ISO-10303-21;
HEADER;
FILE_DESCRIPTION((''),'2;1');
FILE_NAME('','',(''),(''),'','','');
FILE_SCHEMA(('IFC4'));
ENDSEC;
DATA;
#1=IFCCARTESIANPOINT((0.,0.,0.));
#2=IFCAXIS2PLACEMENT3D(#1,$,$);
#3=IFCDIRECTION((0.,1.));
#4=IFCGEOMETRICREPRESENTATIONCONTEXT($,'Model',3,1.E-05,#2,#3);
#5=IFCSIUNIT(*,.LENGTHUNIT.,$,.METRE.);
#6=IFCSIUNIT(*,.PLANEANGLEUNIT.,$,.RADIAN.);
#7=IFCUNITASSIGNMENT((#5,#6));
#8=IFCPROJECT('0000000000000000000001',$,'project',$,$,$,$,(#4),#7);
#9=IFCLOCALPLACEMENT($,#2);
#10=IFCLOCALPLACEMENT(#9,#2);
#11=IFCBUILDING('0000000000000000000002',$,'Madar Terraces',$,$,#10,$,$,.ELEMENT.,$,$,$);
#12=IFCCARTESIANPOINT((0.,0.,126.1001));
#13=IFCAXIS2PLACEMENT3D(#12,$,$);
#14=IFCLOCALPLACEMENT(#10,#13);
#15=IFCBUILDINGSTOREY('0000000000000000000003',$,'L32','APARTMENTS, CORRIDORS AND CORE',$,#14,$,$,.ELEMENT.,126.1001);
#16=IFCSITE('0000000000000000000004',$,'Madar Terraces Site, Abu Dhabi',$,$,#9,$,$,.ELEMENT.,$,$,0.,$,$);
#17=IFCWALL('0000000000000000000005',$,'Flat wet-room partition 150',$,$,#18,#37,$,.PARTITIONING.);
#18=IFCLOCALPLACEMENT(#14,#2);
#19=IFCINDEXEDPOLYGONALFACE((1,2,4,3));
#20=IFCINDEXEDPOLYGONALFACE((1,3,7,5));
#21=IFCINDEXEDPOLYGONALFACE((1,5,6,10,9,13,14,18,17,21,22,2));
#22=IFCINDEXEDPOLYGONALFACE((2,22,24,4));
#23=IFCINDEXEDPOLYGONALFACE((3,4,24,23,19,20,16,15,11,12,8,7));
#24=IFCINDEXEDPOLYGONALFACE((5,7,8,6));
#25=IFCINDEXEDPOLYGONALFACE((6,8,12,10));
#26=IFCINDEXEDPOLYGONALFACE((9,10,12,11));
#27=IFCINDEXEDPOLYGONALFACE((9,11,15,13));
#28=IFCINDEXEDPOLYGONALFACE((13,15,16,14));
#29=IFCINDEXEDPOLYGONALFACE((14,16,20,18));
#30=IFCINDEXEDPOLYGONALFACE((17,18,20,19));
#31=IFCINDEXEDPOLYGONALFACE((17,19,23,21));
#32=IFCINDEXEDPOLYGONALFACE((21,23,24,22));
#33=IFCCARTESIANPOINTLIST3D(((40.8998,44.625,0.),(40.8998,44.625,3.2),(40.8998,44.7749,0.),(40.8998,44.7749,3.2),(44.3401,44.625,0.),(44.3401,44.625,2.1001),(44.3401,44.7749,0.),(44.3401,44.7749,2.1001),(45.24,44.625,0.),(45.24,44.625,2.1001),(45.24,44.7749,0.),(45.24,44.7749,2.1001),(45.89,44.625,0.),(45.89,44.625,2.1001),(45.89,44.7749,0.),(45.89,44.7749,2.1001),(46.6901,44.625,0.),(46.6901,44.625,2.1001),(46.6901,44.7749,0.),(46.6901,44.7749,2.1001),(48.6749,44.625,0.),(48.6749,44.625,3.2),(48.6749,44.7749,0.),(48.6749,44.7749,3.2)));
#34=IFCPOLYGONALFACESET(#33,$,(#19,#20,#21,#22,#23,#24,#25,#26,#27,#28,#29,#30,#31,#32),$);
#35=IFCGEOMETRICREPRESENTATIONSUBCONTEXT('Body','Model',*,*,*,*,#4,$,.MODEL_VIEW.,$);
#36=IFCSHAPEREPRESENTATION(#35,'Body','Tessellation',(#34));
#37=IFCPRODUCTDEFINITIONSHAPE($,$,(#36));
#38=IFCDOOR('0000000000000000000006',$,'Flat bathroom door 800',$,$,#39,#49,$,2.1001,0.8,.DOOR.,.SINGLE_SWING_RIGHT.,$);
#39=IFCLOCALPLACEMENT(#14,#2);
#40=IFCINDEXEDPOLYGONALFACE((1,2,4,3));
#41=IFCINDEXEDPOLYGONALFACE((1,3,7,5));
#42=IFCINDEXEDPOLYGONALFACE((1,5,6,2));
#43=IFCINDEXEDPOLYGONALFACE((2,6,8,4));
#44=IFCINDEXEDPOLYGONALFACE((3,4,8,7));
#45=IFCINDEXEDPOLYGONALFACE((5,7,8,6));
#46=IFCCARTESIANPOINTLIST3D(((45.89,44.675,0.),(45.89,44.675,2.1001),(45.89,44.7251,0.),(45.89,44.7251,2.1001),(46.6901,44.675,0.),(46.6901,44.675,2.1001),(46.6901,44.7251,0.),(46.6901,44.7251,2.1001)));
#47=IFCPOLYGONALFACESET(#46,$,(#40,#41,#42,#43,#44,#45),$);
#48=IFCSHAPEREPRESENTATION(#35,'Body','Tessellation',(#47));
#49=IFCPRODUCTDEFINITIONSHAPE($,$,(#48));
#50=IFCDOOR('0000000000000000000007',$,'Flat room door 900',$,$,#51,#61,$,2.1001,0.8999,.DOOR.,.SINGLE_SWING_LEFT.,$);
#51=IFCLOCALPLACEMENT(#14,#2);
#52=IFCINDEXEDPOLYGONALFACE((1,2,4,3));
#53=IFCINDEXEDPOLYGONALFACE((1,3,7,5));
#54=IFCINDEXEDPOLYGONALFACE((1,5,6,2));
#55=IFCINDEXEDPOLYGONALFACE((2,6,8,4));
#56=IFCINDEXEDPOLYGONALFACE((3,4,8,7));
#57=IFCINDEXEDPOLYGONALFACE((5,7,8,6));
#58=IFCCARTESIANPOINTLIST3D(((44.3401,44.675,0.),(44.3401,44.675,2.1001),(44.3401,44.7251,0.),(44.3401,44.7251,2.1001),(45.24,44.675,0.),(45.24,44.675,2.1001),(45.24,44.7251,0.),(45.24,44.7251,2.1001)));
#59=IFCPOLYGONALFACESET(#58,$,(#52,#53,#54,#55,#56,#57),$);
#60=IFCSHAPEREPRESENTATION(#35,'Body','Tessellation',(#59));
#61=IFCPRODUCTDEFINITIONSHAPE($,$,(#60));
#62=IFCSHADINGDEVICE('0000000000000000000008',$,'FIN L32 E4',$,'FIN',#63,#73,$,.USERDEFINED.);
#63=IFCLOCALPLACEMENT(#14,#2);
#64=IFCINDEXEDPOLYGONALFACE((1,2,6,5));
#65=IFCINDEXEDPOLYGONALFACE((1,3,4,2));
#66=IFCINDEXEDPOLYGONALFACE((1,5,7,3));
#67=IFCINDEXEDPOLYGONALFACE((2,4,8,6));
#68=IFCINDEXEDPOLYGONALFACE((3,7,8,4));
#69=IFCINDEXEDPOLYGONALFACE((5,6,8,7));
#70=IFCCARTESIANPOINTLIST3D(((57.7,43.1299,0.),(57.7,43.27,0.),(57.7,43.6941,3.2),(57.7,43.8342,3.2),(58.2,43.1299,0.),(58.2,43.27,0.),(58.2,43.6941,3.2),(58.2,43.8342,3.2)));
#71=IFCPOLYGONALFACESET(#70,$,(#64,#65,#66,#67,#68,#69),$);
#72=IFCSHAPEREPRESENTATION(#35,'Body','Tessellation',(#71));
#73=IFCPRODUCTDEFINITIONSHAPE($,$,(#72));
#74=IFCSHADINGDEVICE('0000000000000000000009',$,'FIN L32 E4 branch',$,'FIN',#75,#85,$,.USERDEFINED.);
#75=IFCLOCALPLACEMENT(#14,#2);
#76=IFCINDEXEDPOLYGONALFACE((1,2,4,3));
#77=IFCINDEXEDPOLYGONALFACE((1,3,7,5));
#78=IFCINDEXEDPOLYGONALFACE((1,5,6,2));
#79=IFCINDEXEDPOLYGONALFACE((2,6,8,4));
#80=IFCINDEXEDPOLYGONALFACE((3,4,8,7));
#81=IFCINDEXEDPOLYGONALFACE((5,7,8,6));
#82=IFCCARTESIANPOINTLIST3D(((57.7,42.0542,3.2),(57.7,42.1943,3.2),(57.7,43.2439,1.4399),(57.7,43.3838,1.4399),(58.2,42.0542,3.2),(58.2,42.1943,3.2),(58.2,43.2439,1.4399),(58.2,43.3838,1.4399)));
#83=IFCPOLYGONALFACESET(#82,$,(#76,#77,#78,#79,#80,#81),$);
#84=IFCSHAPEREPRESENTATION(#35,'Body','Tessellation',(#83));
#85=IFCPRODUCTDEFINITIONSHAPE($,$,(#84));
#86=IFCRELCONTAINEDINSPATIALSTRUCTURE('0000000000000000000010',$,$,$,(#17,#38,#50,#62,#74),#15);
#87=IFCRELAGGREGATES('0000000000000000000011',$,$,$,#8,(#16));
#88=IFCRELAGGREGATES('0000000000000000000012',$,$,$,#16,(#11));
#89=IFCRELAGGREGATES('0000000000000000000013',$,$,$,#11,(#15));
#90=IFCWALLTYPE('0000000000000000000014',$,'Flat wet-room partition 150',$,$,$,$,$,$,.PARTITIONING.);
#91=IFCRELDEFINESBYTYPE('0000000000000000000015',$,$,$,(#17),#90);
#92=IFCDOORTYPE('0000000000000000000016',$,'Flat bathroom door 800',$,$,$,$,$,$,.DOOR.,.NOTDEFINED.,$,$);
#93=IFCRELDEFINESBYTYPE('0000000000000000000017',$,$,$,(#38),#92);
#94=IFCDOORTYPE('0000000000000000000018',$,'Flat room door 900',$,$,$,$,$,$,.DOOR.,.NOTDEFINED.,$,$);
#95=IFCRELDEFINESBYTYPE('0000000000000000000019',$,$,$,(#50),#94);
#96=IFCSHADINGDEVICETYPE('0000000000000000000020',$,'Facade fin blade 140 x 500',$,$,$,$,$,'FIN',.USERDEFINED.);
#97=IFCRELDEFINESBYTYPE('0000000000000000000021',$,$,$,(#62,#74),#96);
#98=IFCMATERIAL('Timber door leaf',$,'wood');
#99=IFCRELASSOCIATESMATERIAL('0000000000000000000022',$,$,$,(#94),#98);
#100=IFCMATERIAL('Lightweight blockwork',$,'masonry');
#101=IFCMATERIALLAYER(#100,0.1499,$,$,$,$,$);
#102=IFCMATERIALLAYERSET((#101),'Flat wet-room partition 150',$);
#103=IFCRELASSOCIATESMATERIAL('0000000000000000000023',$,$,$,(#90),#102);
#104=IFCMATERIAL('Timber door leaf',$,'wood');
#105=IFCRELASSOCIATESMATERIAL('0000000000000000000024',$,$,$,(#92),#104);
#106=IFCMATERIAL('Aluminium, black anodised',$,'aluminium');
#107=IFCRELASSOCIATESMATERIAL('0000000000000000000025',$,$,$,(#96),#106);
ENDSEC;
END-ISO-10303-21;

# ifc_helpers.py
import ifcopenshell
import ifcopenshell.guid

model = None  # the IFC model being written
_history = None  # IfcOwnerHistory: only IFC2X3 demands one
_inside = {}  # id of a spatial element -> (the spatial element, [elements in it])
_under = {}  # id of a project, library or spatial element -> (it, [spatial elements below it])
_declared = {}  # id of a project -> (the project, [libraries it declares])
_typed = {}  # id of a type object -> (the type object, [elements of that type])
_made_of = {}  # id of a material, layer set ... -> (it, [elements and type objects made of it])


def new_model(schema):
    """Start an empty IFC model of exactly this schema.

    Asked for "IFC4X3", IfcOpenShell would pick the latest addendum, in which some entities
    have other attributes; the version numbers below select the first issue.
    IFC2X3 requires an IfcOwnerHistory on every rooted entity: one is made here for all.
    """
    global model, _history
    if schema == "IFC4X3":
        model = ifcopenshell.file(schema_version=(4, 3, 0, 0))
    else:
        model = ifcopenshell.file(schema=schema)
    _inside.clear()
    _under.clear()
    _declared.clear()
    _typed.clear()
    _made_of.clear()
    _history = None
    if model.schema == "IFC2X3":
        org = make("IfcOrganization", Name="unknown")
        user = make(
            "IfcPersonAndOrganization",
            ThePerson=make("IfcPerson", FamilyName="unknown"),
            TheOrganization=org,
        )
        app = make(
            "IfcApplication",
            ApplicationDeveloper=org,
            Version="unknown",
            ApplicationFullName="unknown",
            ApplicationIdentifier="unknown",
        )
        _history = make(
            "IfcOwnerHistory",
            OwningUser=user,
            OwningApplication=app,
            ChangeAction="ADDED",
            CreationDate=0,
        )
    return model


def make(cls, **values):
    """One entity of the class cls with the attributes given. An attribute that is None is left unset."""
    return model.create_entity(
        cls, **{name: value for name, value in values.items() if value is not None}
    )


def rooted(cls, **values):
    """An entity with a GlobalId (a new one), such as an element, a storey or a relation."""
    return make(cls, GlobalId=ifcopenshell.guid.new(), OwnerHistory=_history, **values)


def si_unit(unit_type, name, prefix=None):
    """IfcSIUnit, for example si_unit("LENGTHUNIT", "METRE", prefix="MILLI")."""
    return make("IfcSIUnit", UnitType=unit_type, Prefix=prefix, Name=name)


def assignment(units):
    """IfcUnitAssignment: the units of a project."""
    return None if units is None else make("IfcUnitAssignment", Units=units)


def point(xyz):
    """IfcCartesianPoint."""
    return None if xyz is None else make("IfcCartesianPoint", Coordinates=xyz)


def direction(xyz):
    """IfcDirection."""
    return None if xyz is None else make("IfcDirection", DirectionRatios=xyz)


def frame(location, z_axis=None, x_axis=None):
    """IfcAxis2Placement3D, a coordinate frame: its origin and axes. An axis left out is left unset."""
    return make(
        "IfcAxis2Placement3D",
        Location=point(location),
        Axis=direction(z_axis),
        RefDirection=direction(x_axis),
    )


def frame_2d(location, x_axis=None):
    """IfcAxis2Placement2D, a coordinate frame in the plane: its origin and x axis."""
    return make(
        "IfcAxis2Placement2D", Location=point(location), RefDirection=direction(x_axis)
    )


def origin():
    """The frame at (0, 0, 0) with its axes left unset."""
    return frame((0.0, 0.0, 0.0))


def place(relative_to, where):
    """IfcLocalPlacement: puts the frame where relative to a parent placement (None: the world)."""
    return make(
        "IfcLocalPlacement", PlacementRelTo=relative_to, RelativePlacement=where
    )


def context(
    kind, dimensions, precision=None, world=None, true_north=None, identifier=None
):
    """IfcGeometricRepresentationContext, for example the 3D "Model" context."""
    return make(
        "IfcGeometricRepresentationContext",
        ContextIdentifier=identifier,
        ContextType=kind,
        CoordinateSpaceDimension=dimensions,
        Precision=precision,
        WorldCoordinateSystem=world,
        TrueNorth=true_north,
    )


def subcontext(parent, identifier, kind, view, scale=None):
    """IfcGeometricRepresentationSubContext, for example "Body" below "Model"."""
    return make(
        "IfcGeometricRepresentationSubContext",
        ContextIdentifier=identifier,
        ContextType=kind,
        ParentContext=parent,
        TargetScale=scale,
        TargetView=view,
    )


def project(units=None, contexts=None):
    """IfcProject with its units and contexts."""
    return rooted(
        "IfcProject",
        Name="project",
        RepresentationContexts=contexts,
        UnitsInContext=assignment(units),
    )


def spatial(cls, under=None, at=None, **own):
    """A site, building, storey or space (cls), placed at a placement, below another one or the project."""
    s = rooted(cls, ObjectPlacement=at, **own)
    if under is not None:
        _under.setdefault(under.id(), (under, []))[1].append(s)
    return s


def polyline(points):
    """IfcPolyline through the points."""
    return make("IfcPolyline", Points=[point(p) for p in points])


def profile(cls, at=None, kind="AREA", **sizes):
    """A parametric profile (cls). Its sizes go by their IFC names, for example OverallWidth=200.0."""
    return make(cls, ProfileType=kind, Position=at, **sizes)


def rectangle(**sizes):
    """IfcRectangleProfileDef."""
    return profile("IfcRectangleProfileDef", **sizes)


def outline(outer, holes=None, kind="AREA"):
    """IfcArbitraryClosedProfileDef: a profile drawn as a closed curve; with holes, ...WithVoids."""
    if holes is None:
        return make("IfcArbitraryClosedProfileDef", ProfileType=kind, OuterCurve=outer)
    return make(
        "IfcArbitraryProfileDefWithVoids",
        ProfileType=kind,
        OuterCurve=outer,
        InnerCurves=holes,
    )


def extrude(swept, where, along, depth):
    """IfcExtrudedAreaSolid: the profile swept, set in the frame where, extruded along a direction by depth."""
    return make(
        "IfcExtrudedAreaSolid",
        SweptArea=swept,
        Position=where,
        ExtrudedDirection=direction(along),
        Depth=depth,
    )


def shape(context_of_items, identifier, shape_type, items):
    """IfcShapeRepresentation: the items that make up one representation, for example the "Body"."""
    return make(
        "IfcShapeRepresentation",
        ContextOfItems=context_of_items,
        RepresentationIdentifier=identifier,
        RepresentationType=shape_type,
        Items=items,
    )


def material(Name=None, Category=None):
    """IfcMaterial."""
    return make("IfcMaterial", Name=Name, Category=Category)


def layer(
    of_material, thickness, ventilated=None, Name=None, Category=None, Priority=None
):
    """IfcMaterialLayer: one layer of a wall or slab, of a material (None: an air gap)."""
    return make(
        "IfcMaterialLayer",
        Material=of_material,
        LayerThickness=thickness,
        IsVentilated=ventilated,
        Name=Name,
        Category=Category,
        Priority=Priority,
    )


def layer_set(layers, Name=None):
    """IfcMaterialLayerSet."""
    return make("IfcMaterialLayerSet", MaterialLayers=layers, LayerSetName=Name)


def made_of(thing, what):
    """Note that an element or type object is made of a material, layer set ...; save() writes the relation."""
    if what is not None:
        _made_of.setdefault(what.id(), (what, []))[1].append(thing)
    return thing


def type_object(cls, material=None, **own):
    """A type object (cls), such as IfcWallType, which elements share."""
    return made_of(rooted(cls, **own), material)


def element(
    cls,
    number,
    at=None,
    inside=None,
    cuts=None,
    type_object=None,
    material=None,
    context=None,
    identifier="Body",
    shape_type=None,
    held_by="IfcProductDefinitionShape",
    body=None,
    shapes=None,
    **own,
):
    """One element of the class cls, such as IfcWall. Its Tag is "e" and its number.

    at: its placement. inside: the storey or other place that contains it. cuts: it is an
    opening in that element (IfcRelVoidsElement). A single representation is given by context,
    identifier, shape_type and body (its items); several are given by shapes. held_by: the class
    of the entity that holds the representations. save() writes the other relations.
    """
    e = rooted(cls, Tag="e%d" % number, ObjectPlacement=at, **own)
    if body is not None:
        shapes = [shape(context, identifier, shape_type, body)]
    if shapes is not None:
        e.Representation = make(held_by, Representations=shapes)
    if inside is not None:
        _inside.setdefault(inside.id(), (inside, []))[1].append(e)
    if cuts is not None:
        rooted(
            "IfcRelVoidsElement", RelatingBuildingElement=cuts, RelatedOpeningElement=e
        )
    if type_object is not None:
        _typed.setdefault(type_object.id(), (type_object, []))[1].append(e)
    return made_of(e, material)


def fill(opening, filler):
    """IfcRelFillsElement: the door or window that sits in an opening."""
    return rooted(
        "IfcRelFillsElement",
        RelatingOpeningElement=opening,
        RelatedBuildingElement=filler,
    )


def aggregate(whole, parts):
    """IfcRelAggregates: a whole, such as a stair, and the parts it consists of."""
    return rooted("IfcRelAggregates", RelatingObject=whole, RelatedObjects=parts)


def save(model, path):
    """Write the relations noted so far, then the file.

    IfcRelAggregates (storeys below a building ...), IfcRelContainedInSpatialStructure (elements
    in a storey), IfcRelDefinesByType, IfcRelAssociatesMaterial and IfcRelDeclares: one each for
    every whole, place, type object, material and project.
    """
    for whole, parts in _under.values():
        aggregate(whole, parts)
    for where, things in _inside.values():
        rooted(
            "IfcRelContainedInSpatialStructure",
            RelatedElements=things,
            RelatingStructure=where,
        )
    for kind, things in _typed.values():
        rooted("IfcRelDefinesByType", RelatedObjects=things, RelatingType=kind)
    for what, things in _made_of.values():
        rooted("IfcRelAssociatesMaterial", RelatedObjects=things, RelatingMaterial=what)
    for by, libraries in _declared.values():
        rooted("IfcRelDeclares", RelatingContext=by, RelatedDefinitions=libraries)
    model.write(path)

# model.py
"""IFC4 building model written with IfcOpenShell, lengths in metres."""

from ifc_helpers import new_model, si_unit, direction, frame, frame_2d, origin, place, context, subcontext, project, spatial, polyline, rectangle, outline, extrude, material, layer, layer_set, type_object, element, fill, save


model = new_model("IFC4")

# Units and contexts
model_context = context("Model", 3, precision=1e-05, world=origin(), true_north=direction((0.0, 1.0)))
body_context = subcontext(model_context, "Body", "Model", "MODEL_VIEW")
ifc_project = project(units=[si_unit("LENGTHUNIT", "METRE"), si_unit("PLANEANGLEUNIT", "RADIAN")], contexts=[model_context])

# Site, building, storey
site_placement = place(None, origin())
site = spatial("IfcSite", under=ifc_project, at=site_placement, Name="Madar Terraces Site, Abu Dhabi", CompositionType="ELEMENT", RefElevation=0.0)
building_placement = place(site_placement, origin())
building = spatial("IfcBuilding", under=site, at=building_placement, Name="Madar Terraces", CompositionType="ELEMENT")
storey_placement = place(building_placement, frame((0.0, 0.0, 126.1001)))
storey = spatial("IfcBuildingStorey", under=building, at=storey_placement, Name="L32", Description="APARTMENTS, CORRIDORS AND CORE", CompositionType="ELEMENT", Elevation=126.1001)

# Shared definitions
ifc_material_1 = material(Name="Timber door leaf", Category="wood")
door_type_1 = type_object("IfcDoorType", Name="Flat room door 900", OperationType="NOTDEFINED", PredefinedType="DOOR", material=ifc_material_1)

# Shared definitions
ifc_material_2 = material(Name="Lightweight blockwork", Category="masonry")
ifc_layer_1 = layer(ifc_material_2, 0.1499)
ifc_layer_set_1 = layer_set([ifc_layer_1], Name="Flat wet-room partition 150")
wall_type_1 = type_object("IfcWallType", Name="Flat wet-room partition 150", PredefinedType="PARTITIONING", material=ifc_layer_set_1)

# Wall, openings, doors
wall_1_placement = place(storey_placement, frame((48.675, 44.7, 0.0), z_axis=(0.0, 0.0, 1.0), x_axis=(-1.0, 0.0, 0.0)))
wall_1 = element("IfcWall", 1, at=wall_1_placement, inside=storey, type_object=wall_type_1, Name="Flat wet-room partition 150", PredefinedType="PARTITIONING", context=body_context, shape_type="SweptSolid", body=[
    extrude(rectangle(XDim=7.7751, YDim=0.1499, at=frame_2d((3.8877, 0.0))), origin(), (0.0, 0.0, 1.0), 3.2),
])
opening_1_placement = place(wall_1_placement, frame((1.9851, 0.0, 0.0)))
opening_1 = element("IfcOpeningElement", 2, at=opening_1_placement, cuts=wall_1, PredefinedType="OPENING", context=body_context, shape_type="SweptSolid", body=[
    extrude(rectangle(XDim=0.8, YDim=2.1001, at=frame_2d((0.3999, 1.05))), frame((0.0, 0.085, 0.0), z_axis=(0.0, -1.0, 0.0), x_axis=(1.0, 0.0, 0.0)), (0.0, 0.0, 1.0), 0.1699),
])
opening_2_placement = place(wall_1_placement, frame((3.4351, 0.0, 0.0)))
opening_2 = element("IfcOpeningElement", 3, at=opening_2_placement, cuts=wall_1, PredefinedType="OPENING", context=body_context, shape_type="SweptSolid", body=[
    extrude(rectangle(XDim=0.8999, YDim=2.1001, at=frame_2d((0.45, 1.05))), frame((0.0, 0.085, 0.0), z_axis=(0.0, -1.0, 0.0), x_axis=(1.0, 0.0, 0.0)), (0.0, 0.0, 1.0), 0.1699),
])
ifc_material_3 = material(Name="Timber door leaf", Category="wood")
door_type_2 = type_object("IfcDoorType", Name="Flat bathroom door 800", OperationType="NOTDEFINED", PredefinedType="DOOR", material=ifc_material_3)
door_1_placement = place(opening_1_placement, origin())
door_1 = element("IfcDoor", 4, at=door_1_placement, inside=storey, type_object=door_type_2, Name="Flat bathroom door 800", OperationType="SINGLE_SWING_RIGHT", OverallHeight=2.1001, OverallWidth=0.8, PredefinedType="DOOR", context=body_context, shape_type="SweptSolid", body=[
    extrude(rectangle(XDim=0.8, YDim=2.1001, at=frame_2d((0.3999, 1.05))), frame((0.0, 0.0249, 0.0), z_axis=(0.0, -1.0, 0.0), x_axis=(1.0, 0.0, 0.0)), (0.0, 0.0, 1.0), 0.05),
])
fill(opening_1, door_1)
door_2_placement = place(opening_2_placement, origin())
door_2 = element("IfcDoor", 5, at=door_2_placement, inside=storey, type_object=door_type_1, Name="Flat room door 900", OperationType="SINGLE_SWING_LEFT", OverallHeight=2.1001, OverallWidth=0.8999, PredefinedType="DOOR", context=body_context, shape_type="SweptSolid", body=[
    extrude(rectangle(XDim=0.8999, YDim=2.1001, at=frame_2d((0.45, 1.05))), frame((0.0, 0.0249, 0.0), z_axis=(0.0, -1.0, 0.0), x_axis=(1.0, 0.0, 0.0)), (0.0, 0.0, 1.0), 0.05),
])
fill(opening_2, door_2)

# Shading devices
ifc_material_4 = material(Name="Aluminium, black anodised", Category="aluminium")
shading_device_type = type_object("IfcShadingDeviceType", Name="Facade fin blade 140 x 500", ElementType="FIN", PredefinedType="USERDEFINED", material=ifc_material_4)
shading_device_1_placement = place(storey_placement, frame((57.95, 43.1299, 0.0), z_axis=(0.0, 0.0, 1.0), x_axis=(0.0, 1.0, 0.0)))
element("IfcShadingDevice", 6, at=shading_device_1_placement, inside=storey, type_object=shading_device_type, Name="FIN L32 E4", ObjectType="FIN", PredefinedType="USERDEFINED", context=body_context, shape_type="SweptSolid", body=[
    extrude(outline(polyline([(0.0, 0.0), (0.1401, 0.0), (0.7043, 3.2), (0.5642, 3.2), (0.0, 0.0)])), frame((0.0, 0.25, 0.0), z_axis=(0.0, -1.0, 0.0), x_axis=(1.0, 0.0, 0.0)), (0.0, 0.0, 1.0), 0.5),
])
shading_device_2_placement = place(storey_placement, frame((57.95, 43.2439, 1.4399), z_axis=(0.0, 0.0, 1.0), x_axis=(0.0, 1.0, 0.0)))
element("IfcShadingDevice", 7, at=shading_device_2_placement, inside=storey, type_object=shading_device_type, Name="FIN L32 E4 branch", ObjectType="FIN", PredefinedType="USERDEFINED", context=body_context, shape_type="SweptSolid", body=[
    extrude(outline(polyline([(0.0, 0.0), (0.1399, 0.0), (-1.0496, 1.76), (-1.1897, 1.76), (0.0, 0.0)])), frame((0.0, 0.25, 0.0), z_axis=(0.0, -1.0, 0.0), x_axis=(1.0, 0.0, 0.0)), (0.0, 0.0, 1.0), 0.5),
])

save(model, "model.ifc")
